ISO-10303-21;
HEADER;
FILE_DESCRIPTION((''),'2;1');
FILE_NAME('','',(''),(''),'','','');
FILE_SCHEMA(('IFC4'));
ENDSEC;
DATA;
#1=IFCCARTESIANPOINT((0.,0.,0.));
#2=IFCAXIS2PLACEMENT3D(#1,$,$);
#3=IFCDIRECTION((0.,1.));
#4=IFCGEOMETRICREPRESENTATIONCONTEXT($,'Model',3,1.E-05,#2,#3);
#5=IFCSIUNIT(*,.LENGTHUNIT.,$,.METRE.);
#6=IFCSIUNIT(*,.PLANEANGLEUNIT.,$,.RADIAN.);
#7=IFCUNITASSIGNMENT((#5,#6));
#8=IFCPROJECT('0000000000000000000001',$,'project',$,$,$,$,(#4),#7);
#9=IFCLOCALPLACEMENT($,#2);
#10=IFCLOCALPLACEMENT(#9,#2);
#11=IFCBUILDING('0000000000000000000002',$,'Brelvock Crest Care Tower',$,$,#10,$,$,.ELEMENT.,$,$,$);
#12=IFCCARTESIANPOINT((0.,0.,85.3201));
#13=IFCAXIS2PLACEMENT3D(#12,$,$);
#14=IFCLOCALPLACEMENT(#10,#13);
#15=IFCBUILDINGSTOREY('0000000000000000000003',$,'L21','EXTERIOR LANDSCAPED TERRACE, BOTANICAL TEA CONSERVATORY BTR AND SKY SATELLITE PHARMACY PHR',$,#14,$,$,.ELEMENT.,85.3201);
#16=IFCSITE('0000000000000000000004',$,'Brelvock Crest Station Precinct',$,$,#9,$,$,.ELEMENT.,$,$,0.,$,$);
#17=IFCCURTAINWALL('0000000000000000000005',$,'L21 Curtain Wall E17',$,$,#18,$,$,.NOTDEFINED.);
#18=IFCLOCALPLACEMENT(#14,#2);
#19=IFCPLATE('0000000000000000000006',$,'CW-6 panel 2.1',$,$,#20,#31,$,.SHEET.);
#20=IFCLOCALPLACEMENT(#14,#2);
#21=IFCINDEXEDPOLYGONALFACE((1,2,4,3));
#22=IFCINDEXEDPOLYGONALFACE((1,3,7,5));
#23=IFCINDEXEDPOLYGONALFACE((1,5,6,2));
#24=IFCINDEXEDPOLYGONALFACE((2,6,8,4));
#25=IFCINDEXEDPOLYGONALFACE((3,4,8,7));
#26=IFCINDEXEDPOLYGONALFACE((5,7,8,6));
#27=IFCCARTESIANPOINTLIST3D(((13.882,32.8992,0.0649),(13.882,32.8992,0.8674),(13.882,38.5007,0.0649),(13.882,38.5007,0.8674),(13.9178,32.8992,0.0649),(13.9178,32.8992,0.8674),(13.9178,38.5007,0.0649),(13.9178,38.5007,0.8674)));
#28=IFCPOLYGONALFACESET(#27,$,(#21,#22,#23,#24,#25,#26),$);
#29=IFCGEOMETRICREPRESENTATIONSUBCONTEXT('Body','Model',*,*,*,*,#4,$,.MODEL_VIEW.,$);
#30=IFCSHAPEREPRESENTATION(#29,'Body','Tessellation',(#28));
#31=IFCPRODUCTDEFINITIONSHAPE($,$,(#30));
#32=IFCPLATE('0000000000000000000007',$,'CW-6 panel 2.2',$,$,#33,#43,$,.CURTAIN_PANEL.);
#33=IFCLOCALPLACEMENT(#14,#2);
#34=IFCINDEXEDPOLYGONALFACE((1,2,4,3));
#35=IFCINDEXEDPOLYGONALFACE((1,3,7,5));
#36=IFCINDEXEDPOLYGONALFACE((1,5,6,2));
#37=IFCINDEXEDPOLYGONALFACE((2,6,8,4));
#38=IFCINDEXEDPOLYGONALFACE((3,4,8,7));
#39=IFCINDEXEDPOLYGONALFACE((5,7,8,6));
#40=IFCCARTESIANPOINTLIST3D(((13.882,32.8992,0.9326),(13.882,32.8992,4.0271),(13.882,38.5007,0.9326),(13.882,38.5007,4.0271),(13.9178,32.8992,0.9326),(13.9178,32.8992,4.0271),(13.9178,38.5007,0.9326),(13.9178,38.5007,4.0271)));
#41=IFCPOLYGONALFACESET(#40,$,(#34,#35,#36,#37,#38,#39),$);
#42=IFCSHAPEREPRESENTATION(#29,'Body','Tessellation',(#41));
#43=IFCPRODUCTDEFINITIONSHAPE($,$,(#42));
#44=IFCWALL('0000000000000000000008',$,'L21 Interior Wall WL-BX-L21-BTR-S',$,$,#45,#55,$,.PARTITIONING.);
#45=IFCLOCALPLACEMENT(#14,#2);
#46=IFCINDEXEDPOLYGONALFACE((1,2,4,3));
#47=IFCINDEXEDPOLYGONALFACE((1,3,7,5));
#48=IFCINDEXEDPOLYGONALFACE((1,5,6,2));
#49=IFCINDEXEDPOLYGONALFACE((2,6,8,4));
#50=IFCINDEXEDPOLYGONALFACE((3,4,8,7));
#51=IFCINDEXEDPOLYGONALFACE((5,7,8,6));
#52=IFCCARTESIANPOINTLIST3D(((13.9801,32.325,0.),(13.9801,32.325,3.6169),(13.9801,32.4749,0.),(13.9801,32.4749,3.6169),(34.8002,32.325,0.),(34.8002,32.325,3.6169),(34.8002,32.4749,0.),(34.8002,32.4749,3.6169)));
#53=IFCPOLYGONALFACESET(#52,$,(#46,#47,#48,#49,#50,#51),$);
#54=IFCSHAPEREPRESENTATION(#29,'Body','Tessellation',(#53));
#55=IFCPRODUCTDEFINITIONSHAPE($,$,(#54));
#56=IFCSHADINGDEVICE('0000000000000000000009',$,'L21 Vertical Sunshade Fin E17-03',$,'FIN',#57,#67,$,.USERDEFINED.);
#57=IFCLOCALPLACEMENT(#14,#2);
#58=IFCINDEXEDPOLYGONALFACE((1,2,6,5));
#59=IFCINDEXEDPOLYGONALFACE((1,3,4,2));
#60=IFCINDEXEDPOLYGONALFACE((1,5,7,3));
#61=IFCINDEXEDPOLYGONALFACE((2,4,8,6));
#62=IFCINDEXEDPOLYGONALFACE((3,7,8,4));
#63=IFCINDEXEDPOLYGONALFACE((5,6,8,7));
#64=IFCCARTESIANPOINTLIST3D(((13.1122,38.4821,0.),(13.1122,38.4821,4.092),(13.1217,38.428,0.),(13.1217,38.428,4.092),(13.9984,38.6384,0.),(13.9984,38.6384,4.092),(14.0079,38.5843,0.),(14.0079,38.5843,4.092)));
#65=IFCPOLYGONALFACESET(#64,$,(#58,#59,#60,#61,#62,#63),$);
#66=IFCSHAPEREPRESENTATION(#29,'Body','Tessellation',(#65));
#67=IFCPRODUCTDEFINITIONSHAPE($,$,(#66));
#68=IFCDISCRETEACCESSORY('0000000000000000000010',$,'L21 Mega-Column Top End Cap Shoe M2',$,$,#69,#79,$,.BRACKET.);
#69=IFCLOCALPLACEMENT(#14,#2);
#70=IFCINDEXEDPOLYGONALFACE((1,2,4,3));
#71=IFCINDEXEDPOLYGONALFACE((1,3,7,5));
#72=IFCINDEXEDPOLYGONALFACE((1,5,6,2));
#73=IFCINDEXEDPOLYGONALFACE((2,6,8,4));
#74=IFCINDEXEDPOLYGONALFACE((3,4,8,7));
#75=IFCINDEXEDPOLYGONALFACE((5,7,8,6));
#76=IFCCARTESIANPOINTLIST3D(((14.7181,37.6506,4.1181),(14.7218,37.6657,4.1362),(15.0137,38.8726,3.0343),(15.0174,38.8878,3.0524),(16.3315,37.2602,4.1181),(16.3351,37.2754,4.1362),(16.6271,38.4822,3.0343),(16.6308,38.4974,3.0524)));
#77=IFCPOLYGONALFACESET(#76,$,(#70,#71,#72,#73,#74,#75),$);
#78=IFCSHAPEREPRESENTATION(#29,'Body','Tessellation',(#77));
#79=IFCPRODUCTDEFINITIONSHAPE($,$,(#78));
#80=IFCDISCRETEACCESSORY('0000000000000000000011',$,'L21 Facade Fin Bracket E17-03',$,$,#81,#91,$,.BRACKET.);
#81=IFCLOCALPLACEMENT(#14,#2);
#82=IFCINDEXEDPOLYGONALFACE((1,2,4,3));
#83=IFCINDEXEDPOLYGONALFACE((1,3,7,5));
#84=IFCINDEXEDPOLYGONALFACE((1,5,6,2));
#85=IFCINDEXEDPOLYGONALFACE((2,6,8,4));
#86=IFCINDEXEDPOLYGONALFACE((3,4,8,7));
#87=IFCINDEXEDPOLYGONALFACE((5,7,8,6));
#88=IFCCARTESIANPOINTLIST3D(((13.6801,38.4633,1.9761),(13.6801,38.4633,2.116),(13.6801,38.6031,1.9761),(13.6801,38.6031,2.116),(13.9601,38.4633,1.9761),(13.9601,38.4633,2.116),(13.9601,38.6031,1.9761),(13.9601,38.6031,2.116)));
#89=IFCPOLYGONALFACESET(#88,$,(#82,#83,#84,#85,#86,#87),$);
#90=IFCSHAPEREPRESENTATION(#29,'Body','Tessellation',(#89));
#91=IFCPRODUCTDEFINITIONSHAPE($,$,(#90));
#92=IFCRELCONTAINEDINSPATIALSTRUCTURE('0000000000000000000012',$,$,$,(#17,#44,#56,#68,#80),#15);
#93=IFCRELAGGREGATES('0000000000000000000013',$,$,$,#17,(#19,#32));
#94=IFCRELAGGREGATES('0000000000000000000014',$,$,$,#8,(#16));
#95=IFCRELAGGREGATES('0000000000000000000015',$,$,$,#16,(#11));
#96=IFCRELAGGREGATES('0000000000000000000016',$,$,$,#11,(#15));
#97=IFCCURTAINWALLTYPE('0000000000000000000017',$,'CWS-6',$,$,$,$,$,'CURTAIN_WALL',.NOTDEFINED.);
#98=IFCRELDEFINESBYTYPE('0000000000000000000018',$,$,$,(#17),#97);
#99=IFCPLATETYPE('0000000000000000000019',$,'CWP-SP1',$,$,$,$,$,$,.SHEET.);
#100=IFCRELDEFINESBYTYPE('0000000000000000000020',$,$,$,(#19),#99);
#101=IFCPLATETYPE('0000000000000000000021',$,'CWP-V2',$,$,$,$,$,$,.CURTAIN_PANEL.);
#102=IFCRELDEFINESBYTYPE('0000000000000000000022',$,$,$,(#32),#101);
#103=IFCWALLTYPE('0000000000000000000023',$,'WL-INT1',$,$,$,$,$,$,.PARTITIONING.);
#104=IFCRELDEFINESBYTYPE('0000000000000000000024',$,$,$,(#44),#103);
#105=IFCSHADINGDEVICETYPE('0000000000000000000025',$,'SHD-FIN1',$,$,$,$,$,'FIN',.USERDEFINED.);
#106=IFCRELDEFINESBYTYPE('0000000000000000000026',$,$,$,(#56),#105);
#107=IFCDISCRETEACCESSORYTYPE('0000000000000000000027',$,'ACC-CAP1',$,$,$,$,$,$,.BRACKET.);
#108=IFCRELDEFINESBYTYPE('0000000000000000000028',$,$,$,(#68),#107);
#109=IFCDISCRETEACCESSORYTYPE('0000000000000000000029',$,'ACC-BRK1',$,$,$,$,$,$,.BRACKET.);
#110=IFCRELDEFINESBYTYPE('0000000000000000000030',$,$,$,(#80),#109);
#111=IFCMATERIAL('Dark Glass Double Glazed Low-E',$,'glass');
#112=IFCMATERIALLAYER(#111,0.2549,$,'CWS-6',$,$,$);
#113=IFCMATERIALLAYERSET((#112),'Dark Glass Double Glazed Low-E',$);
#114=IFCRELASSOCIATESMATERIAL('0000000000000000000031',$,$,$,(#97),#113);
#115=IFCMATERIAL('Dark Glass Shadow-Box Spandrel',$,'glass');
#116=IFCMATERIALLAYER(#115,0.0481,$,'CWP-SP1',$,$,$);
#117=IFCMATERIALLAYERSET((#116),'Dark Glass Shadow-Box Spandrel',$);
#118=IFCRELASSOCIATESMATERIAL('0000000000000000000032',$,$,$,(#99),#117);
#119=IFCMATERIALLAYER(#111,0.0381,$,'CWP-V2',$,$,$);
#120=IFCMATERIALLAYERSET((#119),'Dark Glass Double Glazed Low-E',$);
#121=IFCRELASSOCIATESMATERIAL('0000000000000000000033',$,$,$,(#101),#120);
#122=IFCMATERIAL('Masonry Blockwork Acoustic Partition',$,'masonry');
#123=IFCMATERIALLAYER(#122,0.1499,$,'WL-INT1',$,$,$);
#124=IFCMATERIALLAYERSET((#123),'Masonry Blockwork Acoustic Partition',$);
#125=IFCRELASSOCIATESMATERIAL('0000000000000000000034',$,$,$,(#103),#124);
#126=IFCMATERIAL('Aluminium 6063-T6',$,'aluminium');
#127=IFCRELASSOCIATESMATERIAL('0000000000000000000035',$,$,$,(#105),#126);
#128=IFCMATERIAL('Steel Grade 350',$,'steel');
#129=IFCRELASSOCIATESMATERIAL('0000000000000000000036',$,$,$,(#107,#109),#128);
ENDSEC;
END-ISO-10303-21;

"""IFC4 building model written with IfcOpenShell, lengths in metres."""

from ifc_helpers import new_model, si_unit, direction, frame, frame_2d, origin, origin_2d, place, context, subcontext, project, spatial, rectangle, extrude, source, transform, mapped, material, layer, layer_set, material_profile, profile_set, type_object, element, aggregate, save


model = new_model("IFC4")

# Units and contexts
model_context = context("Model", 3, precision=1e-05, world=origin(), true_north=direction((0.0, 1.0)))
body_context = subcontext(model_context, "Body", "Model", "MODEL_VIEW")
ifc_project = project(units=[si_unit("LENGTHUNIT", "METRE"), si_unit("PLANEANGLEUNIT", "RADIAN")], contexts=[model_context])

# Site, building, storey
site_placement = place(None, origin())
site = spatial("IfcSite", under=ifc_project, at=site_placement, Name="Brelvock Crest Station Precinct", CompositionType="ELEMENT", RefElevation=0.0)
building_placement = place(site_placement, origin())
building = spatial("IfcBuilding", under=site, at=building_placement, Name="Brelvock Crest Care Tower", CompositionType="ELEMENT")
storey_placement = place(building_placement, frame((0.0, 0.0, 85.3201)))
storey = spatial("IfcBuildingStorey", under=building, at=storey_placement, Name="L21", Description="EXTERIOR LANDSCAPED TERRACE, BOTANICAL TEA CONSERVATORY BTR AND SKY SATELLITE PHARMACY PHR", CompositionType="ELEMENT", Elevation=85.3201)

# Shared definitions
ifc_material_1 = material(Name="Steel Grade 350", Category="steel")

# Curtain wall, plates
ifc_material_2 = material(Name="Dark Glass Double Glazed Low-E", Category="glass")
ifc_layer_1 = layer(ifc_material_2, 0.2549, Name="CWS-6")
ifc_layer_set_1 = layer_set([ifc_layer_1], Name="Dark Glass Double Glazed Low-E")
curtain_wall_type = type_object("IfcCurtainWallType", Name="CWS-6", ElementType="CURTAIN_WALL", PredefinedType="NOTDEFINED", material=ifc_layer_set_1)
curtain_wall_placement = place(storey_placement, origin())
curtain_wall = element("IfcCurtainWall", 1, at=curtain_wall_placement, inside=storey, type_object=curtain_wall_type, Name="L21 Curtain Wall E17", PredefinedType="NOTDEFINED")
ifc_material_3 = material(Name="Aluminium 6063-T6", Category="aluminium")
ifc_material_4 = material(Name="Dark Glass Shadow-Box Spandrel", Category="glass")
ifc_layer_2 = layer(ifc_material_4, 0.0481, Name="CWP-SP1")
ifc_layer_set_2 = layer_set([ifc_layer_2], Name="Dark Glass Shadow-Box Spandrel")
plate_type_1 = type_object("IfcPlateType", Name="CWP-SP1", PredefinedType="SHEET", material=ifc_layer_set_2)
ifc_layer_3 = layer(ifc_material_2, 0.0381, Name="CWP-V2")
ifc_layer_set_3 = layer_set([ifc_layer_3], Name="Dark Glass Double Glazed Low-E")
plate_type_2 = type_object("IfcPlateType", Name="CWP-V2", PredefinedType="CURTAIN_PANEL", material=ifc_layer_set_3)
shared_shape_1 = source(origin(), body_context, "Body", "SweptSolid", [
    extrude(rectangle(XDim=5.6016, YDim=0.0359, at=origin_2d()), origin(), (0.0, 0.0, 1.0), 0.8025),
])
plate_1_placement = place(storey_placement, frame((13.8999, 35.7, 0.0649), z_axis=(0.0, 0.0, 1.0), x_axis=(0.0, 1.0, 0.0)))
plate_1 = element("IfcPlate", 2, at=plate_1_placement, type_object=plate_type_1, Name="CW-6 panel 2.1", PredefinedType="SHEET", context=body_context, shape_type="MappedRepresentation", body=[
    mapped(shared_shape_1, transform((0.0, 0.0, 0.0), x_axis=(1.0, 0.0, 0.0), y_axis=(0.0, 1.0, 0.0), z_axis=(0.0, 0.0, 1.0), scale=1.0)),
])
shared_shape_2 = source(origin(), body_context, "Body", "SweptSolid", [
    extrude(rectangle(XDim=5.6016, YDim=0.0359, at=origin_2d()), origin(), (0.0, 0.0, 1.0), 3.0945),
])
plate_2_placement = place(storey_placement, frame((13.8999, 35.7, 0.9326), z_axis=(0.0, 0.0, 1.0), x_axis=(0.0, 1.0, 0.0)))
plate_2 = element("IfcPlate", 3, at=plate_2_placement, type_object=plate_type_2, Name="CW-6 panel 2.2", PredefinedType="CURTAIN_PANEL", context=body_context, shape_type="MappedRepresentation", body=[
    mapped(shared_shape_2, transform((0.0, 0.0, 0.0), x_axis=(1.0, 0.0, 0.0), y_axis=(0.0, 1.0, 0.0), z_axis=(0.0, 0.0, 1.0), scale=1.0)),
])
aggregate(curtain_wall, [plate_1, plate_2])

# Wall
ifc_material_5 = material(Name="Masonry Blockwork Acoustic Partition", Category="masonry")
ifc_layer_4 = layer(ifc_material_5, 0.1499, Name="WL-INT1")
ifc_layer_set_4 = layer_set([ifc_layer_4], Name="Masonry Blockwork Acoustic Partition")
wall_type = type_object("IfcWallType", Name="WL-INT1", PredefinedType="PARTITIONING", material=ifc_layer_set_4)
wall_placement = place(storey_placement, frame((13.98, 32.3999, 0.0), z_axis=(0.0, 0.0, 1.0), x_axis=(1.0, 0.0, 0.0)))
element("IfcWall", 4, at=wall_placement, inside=storey, type_object=wall_type, Name="L21 Interior Wall WL-BX-L21-BTR-S", PredefinedType="PARTITIONING", context=body_context, shape_type="SweptSolid", body=[
    extrude(rectangle(XDim=20.8201, YDim=0.1499, at=frame_2d((10.4102, 0.0))), origin(), (0.0, 0.0, 1.0), 3.6169),
])

# Shading device
ifc_material_profile_1 = material_profile(ifc_material_3, rectangle(XDim=0.0549, YDim=0.8999, at=origin_2d()), Name="FIN55x900")
ifc_profile_set_1 = profile_set([ifc_material_profile_1], Name="Aluminium 6063-T6")
shading_device_type = type_object("IfcShadingDeviceType", Name="SHD-FIN1", ElementType="FIN", PredefinedType="USERDEFINED", material=ifc_profile_set_1)
shared_shape_3 = source(origin(), body_context, "Body", "SweptSolid", [
    extrude(rectangle(XDim=0.0549, YDim=0.8999, at=origin_2d()), origin(), (0.0, 0.0, 1.0), 4.092),
])
shading_device_placement = place(storey_placement, frame((13.5601, 38.5332, 0.0), z_axis=(0.0, 0.0, 1.0), x_axis=(-0.173648, 0.984808, 0.0)))
element("IfcShadingDevice", 5, at=shading_device_placement, inside=storey, type_object=shading_device_type, Name="L21 Vertical Sunshade Fin E17-03", ObjectType="FIN", PredefinedType="USERDEFINED", context=body_context, shape_type="MappedRepresentation", body=[
    mapped(shared_shape_3, transform((0.0, 0.0, 0.0), x_axis=(1.0, 0.0, 0.0), y_axis=(0.0, 1.0, 0.0), z_axis=(0.0, 0.0, 1.0), scale=1.0)),
])

# Discrete accessories
ifc_material_profile_2 = material_profile(ifc_material_1, rectangle(XDim=1.6599, YDim=1.6599, at=origin_2d()), Name="ACC-CAP1")
ifc_profile_set_2 = profile_set([ifc_material_profile_2], Name="Steel Grade 350")
discrete_accessory_type_1 = type_object("IfcDiscreteAccessoryType", Name="ACC-CAP1", PredefinedType="BRACKET", material=ifc_profile_set_2)
shared_shape_4 = source(origin(), body_context, "Body", "SweptSolid", [
    extrude(rectangle(XDim=1.6599, YDim=1.6599, at=origin_2d()), origin(), (0.0, 0.0, 1.0), 0.0239),
])
discrete_accessory_1_placement = place(storey_placement, frame((15.6726, 38.0664, 3.5762), z_axis=(0.153534, 0.634605, 0.757432), x_axis=(-0.971959, 0.235151, 0.0)))
element("IfcDiscreteAccessory", 6, at=discrete_accessory_1_placement, inside=storey, type_object=discrete_accessory_type_1, Name="L21 Mega-Column Top End Cap Shoe M2", PredefinedType="BRACKET", context=body_context, shape_type="MappedRepresentation", body=[
    mapped(shared_shape_4, transform((0.0, 0.0, 0.0), x_axis=(1.0, 0.0, 0.0), y_axis=(0.0, 1.0, 0.0), z_axis=(0.0, 0.0, 1.0), scale=1.0)),
])
discrete_accessory_type_2 = type_object("IfcDiscreteAccessoryType", Name="ACC-BRK1", PredefinedType="BRACKET", material=ifc_material_1)
shared_shape_5 = source(origin(), body_context, "Body", "SweptSolid", [
    extrude(rectangle(XDim=0.28, YDim=0.1399, at=origin_2d()), origin(), (0.0, 0.0, 1.0), 0.1399),
])
discrete_accessory_2_placement = place(storey_placement, frame((13.8201, 38.5332, 1.9761), z_axis=(0.0, 0.0, 1.0), x_axis=(-1.0, 0.0, 0.0)))
element("IfcDiscreteAccessory", 7, at=discrete_accessory_2_placement, inside=storey, type_object=discrete_accessory_type_2, Name="L21 Facade Fin Bracket E17-03", PredefinedType="BRACKET", context=body_context, shape_type="MappedRepresentation", body=[
    mapped(shared_shape_5, transform((0.0, 0.0, 0.0), x_axis=(1.0, 0.0, 0.0), y_axis=(0.0, 1.0, 0.0), z_axis=(0.0, 0.0, 1.0), scale=1.0)),
])

save(model, "model.ifc")
